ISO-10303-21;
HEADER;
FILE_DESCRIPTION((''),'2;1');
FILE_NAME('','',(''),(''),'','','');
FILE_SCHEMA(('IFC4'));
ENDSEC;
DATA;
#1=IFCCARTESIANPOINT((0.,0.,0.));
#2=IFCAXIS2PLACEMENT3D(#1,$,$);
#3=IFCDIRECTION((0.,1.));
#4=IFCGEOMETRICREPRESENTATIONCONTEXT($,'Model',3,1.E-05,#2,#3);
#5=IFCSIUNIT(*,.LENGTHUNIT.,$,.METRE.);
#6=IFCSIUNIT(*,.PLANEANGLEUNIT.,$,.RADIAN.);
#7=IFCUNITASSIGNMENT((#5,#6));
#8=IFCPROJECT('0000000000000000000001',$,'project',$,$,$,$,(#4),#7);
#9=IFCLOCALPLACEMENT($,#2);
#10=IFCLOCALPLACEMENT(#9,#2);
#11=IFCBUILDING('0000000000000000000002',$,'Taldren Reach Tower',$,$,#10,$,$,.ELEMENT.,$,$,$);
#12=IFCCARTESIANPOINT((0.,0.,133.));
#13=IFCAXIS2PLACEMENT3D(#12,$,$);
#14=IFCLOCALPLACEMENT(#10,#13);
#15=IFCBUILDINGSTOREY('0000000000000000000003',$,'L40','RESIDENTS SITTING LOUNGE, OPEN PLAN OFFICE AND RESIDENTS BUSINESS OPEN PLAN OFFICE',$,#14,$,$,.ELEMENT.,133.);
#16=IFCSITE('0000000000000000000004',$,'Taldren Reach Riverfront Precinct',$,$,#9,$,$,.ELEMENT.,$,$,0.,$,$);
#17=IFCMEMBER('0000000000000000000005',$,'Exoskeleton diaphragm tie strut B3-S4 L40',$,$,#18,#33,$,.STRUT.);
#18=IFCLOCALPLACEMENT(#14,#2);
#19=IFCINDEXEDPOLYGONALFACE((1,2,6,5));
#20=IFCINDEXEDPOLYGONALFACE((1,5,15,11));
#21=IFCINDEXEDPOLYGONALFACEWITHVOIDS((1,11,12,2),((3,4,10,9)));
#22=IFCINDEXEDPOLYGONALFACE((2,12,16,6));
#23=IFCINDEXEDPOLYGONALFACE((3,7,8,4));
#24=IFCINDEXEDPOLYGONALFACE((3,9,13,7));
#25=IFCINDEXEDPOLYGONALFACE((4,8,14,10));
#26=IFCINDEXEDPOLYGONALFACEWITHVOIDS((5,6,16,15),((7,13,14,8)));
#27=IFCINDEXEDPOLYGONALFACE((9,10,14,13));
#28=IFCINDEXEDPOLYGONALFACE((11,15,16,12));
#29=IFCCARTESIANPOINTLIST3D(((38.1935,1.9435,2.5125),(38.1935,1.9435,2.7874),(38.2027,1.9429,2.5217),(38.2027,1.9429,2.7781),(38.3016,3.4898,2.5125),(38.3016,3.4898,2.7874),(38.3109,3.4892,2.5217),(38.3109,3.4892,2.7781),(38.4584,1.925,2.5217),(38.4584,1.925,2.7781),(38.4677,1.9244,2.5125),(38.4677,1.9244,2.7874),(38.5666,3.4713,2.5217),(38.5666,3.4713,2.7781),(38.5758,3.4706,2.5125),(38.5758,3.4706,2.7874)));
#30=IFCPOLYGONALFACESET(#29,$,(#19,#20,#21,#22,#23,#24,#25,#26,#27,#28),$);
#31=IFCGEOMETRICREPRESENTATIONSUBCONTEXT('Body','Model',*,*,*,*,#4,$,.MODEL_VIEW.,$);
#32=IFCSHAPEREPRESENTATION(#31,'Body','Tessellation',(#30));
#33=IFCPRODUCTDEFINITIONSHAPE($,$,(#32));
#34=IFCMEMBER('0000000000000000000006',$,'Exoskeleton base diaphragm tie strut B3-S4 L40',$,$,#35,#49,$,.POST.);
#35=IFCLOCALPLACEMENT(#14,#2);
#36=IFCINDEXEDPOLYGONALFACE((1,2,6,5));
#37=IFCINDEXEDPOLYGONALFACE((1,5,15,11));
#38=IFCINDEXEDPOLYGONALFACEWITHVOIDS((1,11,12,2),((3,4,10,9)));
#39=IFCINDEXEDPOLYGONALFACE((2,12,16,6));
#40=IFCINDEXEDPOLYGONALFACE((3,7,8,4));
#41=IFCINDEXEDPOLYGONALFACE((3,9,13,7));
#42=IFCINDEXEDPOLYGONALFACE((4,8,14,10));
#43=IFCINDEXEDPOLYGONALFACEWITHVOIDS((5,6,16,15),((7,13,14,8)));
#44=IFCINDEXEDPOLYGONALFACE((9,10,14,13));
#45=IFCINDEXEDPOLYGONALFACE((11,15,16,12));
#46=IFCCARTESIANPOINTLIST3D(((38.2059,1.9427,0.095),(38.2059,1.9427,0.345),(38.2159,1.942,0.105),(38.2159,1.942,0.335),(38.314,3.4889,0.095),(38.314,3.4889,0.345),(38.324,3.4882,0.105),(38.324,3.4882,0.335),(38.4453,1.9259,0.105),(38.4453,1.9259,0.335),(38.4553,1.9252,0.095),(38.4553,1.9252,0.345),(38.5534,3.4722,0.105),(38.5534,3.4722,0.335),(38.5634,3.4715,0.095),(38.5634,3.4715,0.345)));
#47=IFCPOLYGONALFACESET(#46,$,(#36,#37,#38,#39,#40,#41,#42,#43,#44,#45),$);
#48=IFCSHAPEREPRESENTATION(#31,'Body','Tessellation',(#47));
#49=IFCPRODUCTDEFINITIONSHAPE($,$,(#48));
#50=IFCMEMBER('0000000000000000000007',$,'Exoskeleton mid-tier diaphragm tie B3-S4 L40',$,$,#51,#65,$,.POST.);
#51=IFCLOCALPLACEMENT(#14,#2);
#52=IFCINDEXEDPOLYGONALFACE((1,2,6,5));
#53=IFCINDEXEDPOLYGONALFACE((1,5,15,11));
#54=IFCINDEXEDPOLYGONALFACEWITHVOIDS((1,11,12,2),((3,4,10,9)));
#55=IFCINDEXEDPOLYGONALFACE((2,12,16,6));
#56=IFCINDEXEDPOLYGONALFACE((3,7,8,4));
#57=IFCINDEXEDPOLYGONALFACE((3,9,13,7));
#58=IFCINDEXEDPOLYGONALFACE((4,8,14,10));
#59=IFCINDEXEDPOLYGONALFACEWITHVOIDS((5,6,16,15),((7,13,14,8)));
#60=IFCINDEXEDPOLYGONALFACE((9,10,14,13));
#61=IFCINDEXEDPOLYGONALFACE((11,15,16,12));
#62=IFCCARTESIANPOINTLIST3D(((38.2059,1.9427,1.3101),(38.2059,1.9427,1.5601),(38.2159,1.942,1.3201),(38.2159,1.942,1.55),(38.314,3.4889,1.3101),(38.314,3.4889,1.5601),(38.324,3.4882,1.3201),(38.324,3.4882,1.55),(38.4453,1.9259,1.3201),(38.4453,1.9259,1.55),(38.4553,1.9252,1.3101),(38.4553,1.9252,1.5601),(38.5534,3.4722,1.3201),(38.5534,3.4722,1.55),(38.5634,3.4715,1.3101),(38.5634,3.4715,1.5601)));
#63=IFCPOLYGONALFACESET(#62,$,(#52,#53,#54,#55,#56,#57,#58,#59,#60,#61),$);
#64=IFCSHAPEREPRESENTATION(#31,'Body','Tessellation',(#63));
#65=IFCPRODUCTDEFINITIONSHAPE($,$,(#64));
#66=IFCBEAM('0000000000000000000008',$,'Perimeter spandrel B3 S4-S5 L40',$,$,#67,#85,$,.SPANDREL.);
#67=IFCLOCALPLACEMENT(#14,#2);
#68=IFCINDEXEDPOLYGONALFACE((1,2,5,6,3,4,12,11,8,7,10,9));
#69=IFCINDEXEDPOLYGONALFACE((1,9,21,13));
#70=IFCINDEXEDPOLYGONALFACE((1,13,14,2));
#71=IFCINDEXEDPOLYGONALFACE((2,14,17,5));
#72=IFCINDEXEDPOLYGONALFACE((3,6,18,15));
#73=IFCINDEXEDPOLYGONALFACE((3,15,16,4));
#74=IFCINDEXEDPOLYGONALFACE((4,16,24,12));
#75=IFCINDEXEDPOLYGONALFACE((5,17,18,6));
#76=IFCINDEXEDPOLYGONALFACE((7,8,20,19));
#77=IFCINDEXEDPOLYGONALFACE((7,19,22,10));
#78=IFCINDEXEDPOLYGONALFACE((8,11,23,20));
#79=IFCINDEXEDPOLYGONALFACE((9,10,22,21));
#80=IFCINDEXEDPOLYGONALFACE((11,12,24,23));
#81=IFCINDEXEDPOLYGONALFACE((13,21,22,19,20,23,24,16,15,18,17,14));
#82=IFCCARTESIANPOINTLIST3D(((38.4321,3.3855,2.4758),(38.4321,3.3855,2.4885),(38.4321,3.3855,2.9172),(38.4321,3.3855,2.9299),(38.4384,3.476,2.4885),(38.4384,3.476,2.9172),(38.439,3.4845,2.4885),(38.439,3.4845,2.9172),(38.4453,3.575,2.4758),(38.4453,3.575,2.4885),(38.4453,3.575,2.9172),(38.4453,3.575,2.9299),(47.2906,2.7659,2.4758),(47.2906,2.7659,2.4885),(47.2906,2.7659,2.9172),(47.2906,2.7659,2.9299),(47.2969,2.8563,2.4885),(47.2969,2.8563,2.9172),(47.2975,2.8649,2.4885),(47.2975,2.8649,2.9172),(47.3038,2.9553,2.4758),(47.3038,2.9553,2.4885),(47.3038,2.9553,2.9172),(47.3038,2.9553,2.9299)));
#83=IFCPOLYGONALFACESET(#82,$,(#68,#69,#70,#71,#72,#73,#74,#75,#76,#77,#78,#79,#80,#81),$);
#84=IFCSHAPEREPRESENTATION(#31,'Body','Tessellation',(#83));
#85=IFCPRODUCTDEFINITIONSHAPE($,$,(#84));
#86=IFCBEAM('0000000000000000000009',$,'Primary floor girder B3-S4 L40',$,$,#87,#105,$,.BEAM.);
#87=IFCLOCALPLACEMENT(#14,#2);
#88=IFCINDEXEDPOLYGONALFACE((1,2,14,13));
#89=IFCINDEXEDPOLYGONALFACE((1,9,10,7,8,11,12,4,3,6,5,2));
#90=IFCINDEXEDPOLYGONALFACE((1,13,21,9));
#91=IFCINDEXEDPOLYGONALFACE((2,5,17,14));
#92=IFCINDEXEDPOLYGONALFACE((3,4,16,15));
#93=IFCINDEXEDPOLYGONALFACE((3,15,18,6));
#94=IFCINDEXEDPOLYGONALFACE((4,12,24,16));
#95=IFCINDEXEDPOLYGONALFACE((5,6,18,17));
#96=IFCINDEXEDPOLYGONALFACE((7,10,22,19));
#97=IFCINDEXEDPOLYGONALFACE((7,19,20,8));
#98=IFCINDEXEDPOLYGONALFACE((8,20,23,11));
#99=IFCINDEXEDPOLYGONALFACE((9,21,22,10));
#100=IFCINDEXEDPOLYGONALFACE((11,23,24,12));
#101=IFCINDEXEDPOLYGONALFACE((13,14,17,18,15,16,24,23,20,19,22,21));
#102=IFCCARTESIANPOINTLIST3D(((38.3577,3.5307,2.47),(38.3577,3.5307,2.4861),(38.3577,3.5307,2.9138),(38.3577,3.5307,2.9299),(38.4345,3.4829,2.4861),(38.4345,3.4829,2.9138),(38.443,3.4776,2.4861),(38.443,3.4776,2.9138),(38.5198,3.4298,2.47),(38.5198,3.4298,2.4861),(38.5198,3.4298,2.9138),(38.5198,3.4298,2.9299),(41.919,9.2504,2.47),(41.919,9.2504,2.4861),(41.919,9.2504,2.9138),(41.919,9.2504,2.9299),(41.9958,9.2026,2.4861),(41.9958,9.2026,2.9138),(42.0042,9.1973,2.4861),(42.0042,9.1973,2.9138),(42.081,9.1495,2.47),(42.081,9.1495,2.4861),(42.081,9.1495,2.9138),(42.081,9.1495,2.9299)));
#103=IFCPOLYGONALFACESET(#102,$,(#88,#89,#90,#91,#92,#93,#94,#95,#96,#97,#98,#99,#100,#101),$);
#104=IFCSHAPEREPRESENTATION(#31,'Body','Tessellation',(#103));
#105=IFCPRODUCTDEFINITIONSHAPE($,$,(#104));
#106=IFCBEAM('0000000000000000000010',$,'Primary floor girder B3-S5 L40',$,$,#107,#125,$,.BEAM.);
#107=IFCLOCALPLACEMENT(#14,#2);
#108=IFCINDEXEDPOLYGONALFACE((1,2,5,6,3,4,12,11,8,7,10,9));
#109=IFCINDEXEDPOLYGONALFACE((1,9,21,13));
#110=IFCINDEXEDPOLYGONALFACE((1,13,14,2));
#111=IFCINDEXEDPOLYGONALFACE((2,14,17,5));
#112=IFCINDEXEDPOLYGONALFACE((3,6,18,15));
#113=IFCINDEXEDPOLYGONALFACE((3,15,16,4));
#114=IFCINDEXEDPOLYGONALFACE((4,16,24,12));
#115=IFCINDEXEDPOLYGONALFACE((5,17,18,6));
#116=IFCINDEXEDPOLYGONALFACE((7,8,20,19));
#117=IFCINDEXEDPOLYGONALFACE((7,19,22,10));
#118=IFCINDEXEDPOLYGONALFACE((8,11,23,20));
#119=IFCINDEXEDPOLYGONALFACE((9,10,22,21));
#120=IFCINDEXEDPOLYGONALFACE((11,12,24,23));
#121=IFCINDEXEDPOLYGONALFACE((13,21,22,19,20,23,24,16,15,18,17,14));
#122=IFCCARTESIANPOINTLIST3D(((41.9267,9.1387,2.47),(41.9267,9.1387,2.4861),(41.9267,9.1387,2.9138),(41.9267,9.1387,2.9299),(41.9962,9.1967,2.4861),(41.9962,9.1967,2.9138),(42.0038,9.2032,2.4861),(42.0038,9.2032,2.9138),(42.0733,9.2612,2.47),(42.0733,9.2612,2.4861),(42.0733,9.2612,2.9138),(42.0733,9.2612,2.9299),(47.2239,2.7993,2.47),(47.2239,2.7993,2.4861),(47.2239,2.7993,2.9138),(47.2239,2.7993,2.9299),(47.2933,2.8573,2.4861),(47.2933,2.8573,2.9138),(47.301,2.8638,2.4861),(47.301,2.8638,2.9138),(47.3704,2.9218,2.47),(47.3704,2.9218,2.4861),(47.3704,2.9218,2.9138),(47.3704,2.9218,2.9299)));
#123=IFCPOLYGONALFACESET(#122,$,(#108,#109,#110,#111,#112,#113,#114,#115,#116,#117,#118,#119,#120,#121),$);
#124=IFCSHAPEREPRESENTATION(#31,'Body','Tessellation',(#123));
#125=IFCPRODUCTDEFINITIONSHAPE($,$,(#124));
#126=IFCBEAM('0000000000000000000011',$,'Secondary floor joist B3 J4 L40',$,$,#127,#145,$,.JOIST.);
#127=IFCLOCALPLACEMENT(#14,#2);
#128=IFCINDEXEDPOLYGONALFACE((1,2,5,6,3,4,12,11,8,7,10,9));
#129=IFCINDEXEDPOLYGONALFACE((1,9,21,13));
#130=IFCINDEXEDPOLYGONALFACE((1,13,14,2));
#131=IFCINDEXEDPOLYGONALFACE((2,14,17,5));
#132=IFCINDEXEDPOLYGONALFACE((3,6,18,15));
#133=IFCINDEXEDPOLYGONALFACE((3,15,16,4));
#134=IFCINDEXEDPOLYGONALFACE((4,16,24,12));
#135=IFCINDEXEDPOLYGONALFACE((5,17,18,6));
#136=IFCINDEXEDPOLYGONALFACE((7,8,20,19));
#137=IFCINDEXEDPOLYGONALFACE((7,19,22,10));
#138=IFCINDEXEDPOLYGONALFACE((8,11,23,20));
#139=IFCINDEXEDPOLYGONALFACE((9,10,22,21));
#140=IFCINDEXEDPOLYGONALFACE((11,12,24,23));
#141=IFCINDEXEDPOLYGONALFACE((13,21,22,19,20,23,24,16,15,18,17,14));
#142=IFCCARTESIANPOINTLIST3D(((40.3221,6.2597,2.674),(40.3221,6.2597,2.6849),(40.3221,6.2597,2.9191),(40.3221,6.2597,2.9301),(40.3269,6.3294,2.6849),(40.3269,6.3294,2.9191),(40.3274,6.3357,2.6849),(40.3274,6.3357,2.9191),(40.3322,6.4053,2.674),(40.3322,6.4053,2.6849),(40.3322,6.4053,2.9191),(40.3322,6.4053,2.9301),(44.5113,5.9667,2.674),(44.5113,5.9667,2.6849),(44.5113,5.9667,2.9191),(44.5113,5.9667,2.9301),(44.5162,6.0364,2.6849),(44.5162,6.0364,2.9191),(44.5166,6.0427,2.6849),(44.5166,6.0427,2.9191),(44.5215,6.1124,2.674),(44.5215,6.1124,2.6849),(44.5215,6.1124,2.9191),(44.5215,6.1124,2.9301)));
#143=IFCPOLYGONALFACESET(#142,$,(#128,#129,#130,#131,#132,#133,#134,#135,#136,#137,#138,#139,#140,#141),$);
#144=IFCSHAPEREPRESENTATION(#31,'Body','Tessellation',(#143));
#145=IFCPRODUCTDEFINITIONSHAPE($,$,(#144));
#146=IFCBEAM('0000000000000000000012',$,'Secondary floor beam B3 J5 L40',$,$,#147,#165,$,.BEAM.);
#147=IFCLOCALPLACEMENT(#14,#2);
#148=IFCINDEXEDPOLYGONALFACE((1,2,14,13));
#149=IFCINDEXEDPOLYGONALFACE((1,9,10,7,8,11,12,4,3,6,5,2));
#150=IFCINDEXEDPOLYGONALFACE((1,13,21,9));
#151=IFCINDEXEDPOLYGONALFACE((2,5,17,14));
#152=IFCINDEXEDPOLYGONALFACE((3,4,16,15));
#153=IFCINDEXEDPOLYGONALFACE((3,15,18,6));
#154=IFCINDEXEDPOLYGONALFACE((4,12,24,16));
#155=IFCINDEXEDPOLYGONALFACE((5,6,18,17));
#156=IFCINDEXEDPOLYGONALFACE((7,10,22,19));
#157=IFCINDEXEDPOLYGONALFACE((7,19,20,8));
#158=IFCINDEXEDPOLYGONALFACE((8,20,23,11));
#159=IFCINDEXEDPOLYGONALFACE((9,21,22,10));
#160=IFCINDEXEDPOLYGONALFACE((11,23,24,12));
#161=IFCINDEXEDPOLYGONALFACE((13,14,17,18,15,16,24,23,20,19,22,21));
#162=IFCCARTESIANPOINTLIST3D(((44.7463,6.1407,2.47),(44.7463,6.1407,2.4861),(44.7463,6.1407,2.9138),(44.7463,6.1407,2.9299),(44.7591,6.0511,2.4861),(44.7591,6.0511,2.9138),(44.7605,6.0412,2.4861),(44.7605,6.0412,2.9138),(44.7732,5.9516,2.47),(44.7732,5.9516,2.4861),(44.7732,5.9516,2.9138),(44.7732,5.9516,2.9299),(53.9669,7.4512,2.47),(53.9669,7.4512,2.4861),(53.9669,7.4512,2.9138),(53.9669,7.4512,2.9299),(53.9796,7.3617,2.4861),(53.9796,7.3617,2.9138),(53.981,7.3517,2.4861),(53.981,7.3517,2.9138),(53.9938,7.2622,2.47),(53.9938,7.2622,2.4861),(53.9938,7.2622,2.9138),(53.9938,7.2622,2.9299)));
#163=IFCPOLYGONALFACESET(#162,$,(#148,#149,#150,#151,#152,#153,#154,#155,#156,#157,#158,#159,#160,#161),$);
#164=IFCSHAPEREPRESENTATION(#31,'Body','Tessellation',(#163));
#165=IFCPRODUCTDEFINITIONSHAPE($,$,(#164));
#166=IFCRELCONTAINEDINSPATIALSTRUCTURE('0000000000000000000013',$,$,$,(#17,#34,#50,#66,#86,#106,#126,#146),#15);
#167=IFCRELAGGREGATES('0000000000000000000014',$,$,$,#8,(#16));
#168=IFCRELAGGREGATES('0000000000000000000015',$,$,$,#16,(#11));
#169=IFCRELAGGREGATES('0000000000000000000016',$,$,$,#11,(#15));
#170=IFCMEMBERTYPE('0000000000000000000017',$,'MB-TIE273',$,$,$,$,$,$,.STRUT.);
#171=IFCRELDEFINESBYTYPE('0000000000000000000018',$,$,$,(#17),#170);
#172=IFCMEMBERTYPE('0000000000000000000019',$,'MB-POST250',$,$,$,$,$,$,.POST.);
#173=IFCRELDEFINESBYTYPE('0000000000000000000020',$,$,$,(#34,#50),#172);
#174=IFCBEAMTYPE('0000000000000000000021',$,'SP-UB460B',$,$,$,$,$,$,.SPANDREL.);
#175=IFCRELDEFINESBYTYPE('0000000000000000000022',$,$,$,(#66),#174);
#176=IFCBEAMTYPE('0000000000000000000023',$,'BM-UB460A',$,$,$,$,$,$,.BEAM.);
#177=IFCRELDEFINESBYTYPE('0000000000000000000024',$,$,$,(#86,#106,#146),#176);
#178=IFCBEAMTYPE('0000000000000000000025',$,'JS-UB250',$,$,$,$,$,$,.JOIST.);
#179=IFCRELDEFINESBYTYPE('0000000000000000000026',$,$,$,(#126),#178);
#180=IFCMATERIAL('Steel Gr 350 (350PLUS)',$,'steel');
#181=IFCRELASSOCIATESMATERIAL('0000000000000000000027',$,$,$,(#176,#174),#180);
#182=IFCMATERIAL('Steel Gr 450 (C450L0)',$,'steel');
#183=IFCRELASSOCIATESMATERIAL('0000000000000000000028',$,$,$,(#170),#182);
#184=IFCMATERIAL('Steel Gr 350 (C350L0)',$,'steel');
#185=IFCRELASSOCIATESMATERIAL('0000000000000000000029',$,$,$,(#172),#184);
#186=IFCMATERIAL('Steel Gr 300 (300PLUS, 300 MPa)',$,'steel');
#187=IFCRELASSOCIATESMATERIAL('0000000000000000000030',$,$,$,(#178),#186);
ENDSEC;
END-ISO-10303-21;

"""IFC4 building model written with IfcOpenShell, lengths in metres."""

from ifc_helpers import new_model, si_unit, direction, frame, origin, origin_2d, place, context, subcontext, project, spatial, hollow_rectangle, i_section, extrude, source, transform, mapped, material, material_profile, profile_set, type_object, element, save


model = new_model("IFC4")

# Units and contexts
model_context = context("Model", 3, precision=1e-05, world=origin(), true_north=direction((0.0, 1.0)))
body_context = subcontext(model_context, "Body", "Model", "MODEL_VIEW")
ifc_project = project(units=[si_unit("LENGTHUNIT", "METRE"), si_unit("PLANEANGLEUNIT", "RADIAN")], contexts=[model_context])

# Site, building, storey
site_placement = place(None, origin())
site = spatial("IfcSite", under=ifc_project, at=site_placement, Name="Taldren Reach Riverfront Precinct", CompositionType="ELEMENT", RefElevation=0.0)
building_placement = place(site_placement, origin())
building = spatial("IfcBuilding", under=site, at=building_placement, Name="Taldren Reach Tower", CompositionType="ELEMENT")
storey_placement = place(building_placement, frame((0.0, 0.0, 133.0)))
storey = spatial("IfcBuildingStorey", under=building, at=storey_placement, Name="L40", Description="RESIDENTS SITTING LOUNGE, OPEN PLAN OFFICE AND RESIDENTS BUSINESS OPEN PLAN OFFICE", CompositionType="ELEMENT", Elevation=133.0)

# Shared definitions
ifc_material_1 = material(Name="Steel Gr 350 (350PLUS)", Category="steel")
ifc_material_2 = material(Name="Steel Gr 450 (C450L0)", Category="steel")

# Shared definitions
ifc_material_profile_1 = material_profile(ifc_material_1, i_section(OverallWidth=0.1909, OverallDepth=0.46, WebThickness=0.01, FlangeThickness=0.0161, at=origin_2d()), Name="460UB82.1")
ifc_profile_set_1 = profile_set([ifc_material_profile_1], Name="Steel Gr 350 (350PLUS)")
beam_type_1 = type_object("IfcBeamType", Name="BM-UB460A", PredefinedType="BEAM", material=ifc_profile_set_1)

# Members
ifc_material_profile_2 = material_profile(ifc_material_2, hollow_rectangle(XDim=0.2749, YDim=0.2749, WallThickness=0.0093, at=origin_2d()), Name="275x275x9.3SHS")
ifc_profile_set_2 = profile_set([ifc_material_profile_2], Name="Steel Gr 450 (C450L0)")
member_type_1 = type_object("IfcMemberType", Name="MB-TIE273", PredefinedType="STRUT", material=ifc_profile_set_2)
shared_shape_1 = source(origin(), body_context, "Body", "SweptSolid", [
    extrude(hollow_rectangle(XDim=0.2749, YDim=0.2749, WallThickness=0.0093, at=origin_2d()), origin(), (0.0, 0.0, 1.0), 1.55),
])
member_placement = place(storey_placement, frame((38.4387, 3.4802, 2.6499), z_axis=(-0.06977, -0.997563, 0.0), x_axis=(0.997563, -0.06977, 0.0)))
element("IfcMember", 1, at=member_placement, inside=storey, type_object=member_type_1, Name="Exoskeleton diaphragm tie strut B3-S4 L40", PredefinedType="STRUT", context=body_context, shape_type="MappedRepresentation", body=[
    mapped(shared_shape_1, transform((0.0, 0.0, 0.0), scale=1.0)),
])
ifc_material_3 = material(Name="Steel Gr 350 (C350L0)", Category="steel")
ifc_material_profile_3 = material_profile(ifc_material_3, hollow_rectangle(XDim=0.25, YDim=0.25, WallThickness=0.01, at=origin_2d()), Name="250x250x10.0SHS")
ifc_profile_set_3 = profile_set([ifc_material_profile_3], Name="Steel Gr 350 (C350L0)")
member_type_2 = type_object("IfcMemberType", Name="MB-POST250", PredefinedType="POST", material=ifc_profile_set_3)
shared_shape_2 = source(origin(), body_context, "Body", "SweptSolid", [
    extrude(hollow_rectangle(XDim=0.25, YDim=0.25, WallThickness=0.01, at=origin_2d()), origin(), (0.0, 0.0, 1.0), 1.55),
])
for number, where, z_axis, x_axis, name in (
    (2, (38.4387, 3.4802, 0.22), (-0.06977, -0.997563, 0.0), (0.997563, -0.06977, 0.0), "Exoskeleton base diaphragm tie strut B3-S4 L40"),
    (3, (38.4387, 3.4802, 1.4351), (-0.06977, -0.997563, 0.0), (0.997563, -0.06977, 0.0), "Exoskeleton mid-tier diaphragm tie B3-S4 L40"),
):
    element("IfcMember", number, at=place(storey_placement, frame(where, z_axis=z_axis, x_axis=x_axis)), inside=storey, type_object=member_type_2, Name=name, PredefinedType="POST", context=body_context, shape_type="MappedRepresentation", body=[
        mapped(shared_shape_2, transform((0.0, 0.0, 0.0), scale=1.0)),
    ])

# Beams
ifc_material_profile_4 = material_profile(ifc_material_1, i_section(OverallWidth=0.1899, OverallDepth=0.4541, WebThickness=0.0085, FlangeThickness=0.0127, at=origin_2d()), Name="460UB67.1")
ifc_profile_set_4 = profile_set([ifc_material_profile_4], Name="Steel Gr 350 (350PLUS)")
beam_type_2 = type_object("IfcBeamType", Name="SP-UB460B", PredefinedType="SPANDREL", material=ifc_profile_set_4)
shared_shape_3 = source(origin(), body_context, "Body", "SweptSolid", [
    extrude(i_section(OverallWidth=0.1899, OverallDepth=0.4541, WebThickness=0.0085, FlangeThickness=0.0127, at=origin_2d()), origin(), (0.0, 0.0, 1.0), 8.8801),
])
beam_1_placement = place(storey_placement, frame((38.4387, 3.4802, 2.7029), z_axis=(0.997563, -0.069778, 0.0), x_axis=(0.069778, 0.997563, 0.0)))
element("IfcBeam", 4, at=beam_1_placement, inside=storey, type_object=beam_type_2, Name="Perimeter spandrel B3 S4-S5 L40", PredefinedType="SPANDREL", context=body_context, shape_type="MappedRepresentation", body=[
    mapped(shared_shape_3, transform((0.0, 0.0, 0.0), scale=1.0)),
])
shared_shape_4 = source(origin(), body_context, "Body", "SweptSolid", [
    extrude(i_section(OverallWidth=0.1909, OverallDepth=0.46, WebThickness=0.01, FlangeThickness=0.0161, at=origin_2d()), origin(), (0.0, 0.0, 1.0), 6.7378),
])
beam_2_placement = place(storey_placement, frame((42.0, 9.2, 2.7), z_axis=(-0.528552, -0.848901, 0.0), x_axis=(0.848901, -0.528552, 0.0)))
element("IfcBeam", 5, at=beam_2_placement, inside=storey, type_object=beam_type_1, Name="Primary floor girder B3-S4 L40", PredefinedType="BEAM", context=body_context, shape_type="MappedRepresentation", body=[
    mapped(shared_shape_4, transform((0.0, 0.0, 0.0), scale=1.0)),
])
shared_shape_5 = source(origin(), body_context, "Body", "SweptSolid", [
    extrude(i_section(OverallWidth=0.1909, OverallDepth=0.46, WebThickness=0.01, FlangeThickness=0.0161, at=origin_2d()), origin(), (0.0, 0.0, 1.0), 8.2612),
])
beam_3_placement = place(storey_placement, frame((42.0, 9.2, 2.7), z_axis=(0.641207, -0.767368, 0.0), x_axis=(0.767368, 0.641207, 0.0)))
element("IfcBeam", 6, at=beam_3_placement, inside=storey, type_object=beam_type_1, Name="Primary floor girder B3-S5 L40", PredefinedType="BEAM", context=body_context, shape_type="MappedRepresentation", body=[
    mapped(shared_shape_5, transform((0.0, 0.0, 0.0), scale=1.0)),
])
ifc_material_4 = material(Name="Steel Gr 300 (300PLUS, 300 MPa)", Category="steel")
ifc_material_profile_5 = material_profile(ifc_material_4, i_section(OverallWidth=0.146, OverallDepth=0.2561, WebThickness=0.0063, FlangeThickness=0.011, at=origin_2d()), Name="250UB37.3")
ifc_profile_set_5 = profile_set([ifc_material_profile_5], Name="Steel Gr 300 (300PLUS, 300 MPa)")
beam_type_3 = type_object("IfcBeamType", Name="JS-UB250", PredefinedType="JOIST", material=ifc_profile_set_5)
shared_shape_6 = source(origin(), body_context, "Body", "SweptSolid", [
    extrude(i_section(OverallWidth=0.146, OverallDepth=0.2561, WebThickness=0.0063, FlangeThickness=0.011, at=origin_2d()), origin(), (0.0, 0.0, 1.0), 4.1995),
])
beam_4_placement = place(storey_placement, frame((40.3271, 6.3325, 2.802), z_axis=(0.997564, -0.069764, 0.0), x_axis=(0.069764, 0.997564, 0.0)))
element("IfcBeam", 7, at=beam_4_placement, inside=storey, type_object=beam_type_3, Name="Secondary floor joist B3 J4 L40", PredefinedType="JOIST", context=body_context, shape_type="MappedRepresentation", body=[
    mapped(shared_shape_6, transform((0.0, 0.0, 0.0), scale=1.0)),
])
shared_shape_7 = source(origin(), body_context, "Body", "SweptSolid", [
    extrude(i_section(OverallWidth=0.1909, OverallDepth=0.46, WebThickness=0.01, FlangeThickness=0.0161, at=origin_2d()), origin(), (0.0, 0.0, 1.0), 9.3132),
])
beam_5_placement = place(storey_placement, frame((44.7598, 6.0461, 2.7), z_axis=(0.990049, 0.14072, 0.0), x_axis=(-0.14072, 0.990049, 0.0)))
element("IfcBeam", 8, at=beam_5_placement, inside=storey, type_object=beam_type_1, Name="Secondary floor beam B3 J5 L40", PredefinedType="BEAM", context=body_context, shape_type="MappedRepresentation", body=[
    mapped(shared_shape_7, transform((0.0, 0.0, 0.0), scale=1.0)),
])

save(model, "model.ifc")
